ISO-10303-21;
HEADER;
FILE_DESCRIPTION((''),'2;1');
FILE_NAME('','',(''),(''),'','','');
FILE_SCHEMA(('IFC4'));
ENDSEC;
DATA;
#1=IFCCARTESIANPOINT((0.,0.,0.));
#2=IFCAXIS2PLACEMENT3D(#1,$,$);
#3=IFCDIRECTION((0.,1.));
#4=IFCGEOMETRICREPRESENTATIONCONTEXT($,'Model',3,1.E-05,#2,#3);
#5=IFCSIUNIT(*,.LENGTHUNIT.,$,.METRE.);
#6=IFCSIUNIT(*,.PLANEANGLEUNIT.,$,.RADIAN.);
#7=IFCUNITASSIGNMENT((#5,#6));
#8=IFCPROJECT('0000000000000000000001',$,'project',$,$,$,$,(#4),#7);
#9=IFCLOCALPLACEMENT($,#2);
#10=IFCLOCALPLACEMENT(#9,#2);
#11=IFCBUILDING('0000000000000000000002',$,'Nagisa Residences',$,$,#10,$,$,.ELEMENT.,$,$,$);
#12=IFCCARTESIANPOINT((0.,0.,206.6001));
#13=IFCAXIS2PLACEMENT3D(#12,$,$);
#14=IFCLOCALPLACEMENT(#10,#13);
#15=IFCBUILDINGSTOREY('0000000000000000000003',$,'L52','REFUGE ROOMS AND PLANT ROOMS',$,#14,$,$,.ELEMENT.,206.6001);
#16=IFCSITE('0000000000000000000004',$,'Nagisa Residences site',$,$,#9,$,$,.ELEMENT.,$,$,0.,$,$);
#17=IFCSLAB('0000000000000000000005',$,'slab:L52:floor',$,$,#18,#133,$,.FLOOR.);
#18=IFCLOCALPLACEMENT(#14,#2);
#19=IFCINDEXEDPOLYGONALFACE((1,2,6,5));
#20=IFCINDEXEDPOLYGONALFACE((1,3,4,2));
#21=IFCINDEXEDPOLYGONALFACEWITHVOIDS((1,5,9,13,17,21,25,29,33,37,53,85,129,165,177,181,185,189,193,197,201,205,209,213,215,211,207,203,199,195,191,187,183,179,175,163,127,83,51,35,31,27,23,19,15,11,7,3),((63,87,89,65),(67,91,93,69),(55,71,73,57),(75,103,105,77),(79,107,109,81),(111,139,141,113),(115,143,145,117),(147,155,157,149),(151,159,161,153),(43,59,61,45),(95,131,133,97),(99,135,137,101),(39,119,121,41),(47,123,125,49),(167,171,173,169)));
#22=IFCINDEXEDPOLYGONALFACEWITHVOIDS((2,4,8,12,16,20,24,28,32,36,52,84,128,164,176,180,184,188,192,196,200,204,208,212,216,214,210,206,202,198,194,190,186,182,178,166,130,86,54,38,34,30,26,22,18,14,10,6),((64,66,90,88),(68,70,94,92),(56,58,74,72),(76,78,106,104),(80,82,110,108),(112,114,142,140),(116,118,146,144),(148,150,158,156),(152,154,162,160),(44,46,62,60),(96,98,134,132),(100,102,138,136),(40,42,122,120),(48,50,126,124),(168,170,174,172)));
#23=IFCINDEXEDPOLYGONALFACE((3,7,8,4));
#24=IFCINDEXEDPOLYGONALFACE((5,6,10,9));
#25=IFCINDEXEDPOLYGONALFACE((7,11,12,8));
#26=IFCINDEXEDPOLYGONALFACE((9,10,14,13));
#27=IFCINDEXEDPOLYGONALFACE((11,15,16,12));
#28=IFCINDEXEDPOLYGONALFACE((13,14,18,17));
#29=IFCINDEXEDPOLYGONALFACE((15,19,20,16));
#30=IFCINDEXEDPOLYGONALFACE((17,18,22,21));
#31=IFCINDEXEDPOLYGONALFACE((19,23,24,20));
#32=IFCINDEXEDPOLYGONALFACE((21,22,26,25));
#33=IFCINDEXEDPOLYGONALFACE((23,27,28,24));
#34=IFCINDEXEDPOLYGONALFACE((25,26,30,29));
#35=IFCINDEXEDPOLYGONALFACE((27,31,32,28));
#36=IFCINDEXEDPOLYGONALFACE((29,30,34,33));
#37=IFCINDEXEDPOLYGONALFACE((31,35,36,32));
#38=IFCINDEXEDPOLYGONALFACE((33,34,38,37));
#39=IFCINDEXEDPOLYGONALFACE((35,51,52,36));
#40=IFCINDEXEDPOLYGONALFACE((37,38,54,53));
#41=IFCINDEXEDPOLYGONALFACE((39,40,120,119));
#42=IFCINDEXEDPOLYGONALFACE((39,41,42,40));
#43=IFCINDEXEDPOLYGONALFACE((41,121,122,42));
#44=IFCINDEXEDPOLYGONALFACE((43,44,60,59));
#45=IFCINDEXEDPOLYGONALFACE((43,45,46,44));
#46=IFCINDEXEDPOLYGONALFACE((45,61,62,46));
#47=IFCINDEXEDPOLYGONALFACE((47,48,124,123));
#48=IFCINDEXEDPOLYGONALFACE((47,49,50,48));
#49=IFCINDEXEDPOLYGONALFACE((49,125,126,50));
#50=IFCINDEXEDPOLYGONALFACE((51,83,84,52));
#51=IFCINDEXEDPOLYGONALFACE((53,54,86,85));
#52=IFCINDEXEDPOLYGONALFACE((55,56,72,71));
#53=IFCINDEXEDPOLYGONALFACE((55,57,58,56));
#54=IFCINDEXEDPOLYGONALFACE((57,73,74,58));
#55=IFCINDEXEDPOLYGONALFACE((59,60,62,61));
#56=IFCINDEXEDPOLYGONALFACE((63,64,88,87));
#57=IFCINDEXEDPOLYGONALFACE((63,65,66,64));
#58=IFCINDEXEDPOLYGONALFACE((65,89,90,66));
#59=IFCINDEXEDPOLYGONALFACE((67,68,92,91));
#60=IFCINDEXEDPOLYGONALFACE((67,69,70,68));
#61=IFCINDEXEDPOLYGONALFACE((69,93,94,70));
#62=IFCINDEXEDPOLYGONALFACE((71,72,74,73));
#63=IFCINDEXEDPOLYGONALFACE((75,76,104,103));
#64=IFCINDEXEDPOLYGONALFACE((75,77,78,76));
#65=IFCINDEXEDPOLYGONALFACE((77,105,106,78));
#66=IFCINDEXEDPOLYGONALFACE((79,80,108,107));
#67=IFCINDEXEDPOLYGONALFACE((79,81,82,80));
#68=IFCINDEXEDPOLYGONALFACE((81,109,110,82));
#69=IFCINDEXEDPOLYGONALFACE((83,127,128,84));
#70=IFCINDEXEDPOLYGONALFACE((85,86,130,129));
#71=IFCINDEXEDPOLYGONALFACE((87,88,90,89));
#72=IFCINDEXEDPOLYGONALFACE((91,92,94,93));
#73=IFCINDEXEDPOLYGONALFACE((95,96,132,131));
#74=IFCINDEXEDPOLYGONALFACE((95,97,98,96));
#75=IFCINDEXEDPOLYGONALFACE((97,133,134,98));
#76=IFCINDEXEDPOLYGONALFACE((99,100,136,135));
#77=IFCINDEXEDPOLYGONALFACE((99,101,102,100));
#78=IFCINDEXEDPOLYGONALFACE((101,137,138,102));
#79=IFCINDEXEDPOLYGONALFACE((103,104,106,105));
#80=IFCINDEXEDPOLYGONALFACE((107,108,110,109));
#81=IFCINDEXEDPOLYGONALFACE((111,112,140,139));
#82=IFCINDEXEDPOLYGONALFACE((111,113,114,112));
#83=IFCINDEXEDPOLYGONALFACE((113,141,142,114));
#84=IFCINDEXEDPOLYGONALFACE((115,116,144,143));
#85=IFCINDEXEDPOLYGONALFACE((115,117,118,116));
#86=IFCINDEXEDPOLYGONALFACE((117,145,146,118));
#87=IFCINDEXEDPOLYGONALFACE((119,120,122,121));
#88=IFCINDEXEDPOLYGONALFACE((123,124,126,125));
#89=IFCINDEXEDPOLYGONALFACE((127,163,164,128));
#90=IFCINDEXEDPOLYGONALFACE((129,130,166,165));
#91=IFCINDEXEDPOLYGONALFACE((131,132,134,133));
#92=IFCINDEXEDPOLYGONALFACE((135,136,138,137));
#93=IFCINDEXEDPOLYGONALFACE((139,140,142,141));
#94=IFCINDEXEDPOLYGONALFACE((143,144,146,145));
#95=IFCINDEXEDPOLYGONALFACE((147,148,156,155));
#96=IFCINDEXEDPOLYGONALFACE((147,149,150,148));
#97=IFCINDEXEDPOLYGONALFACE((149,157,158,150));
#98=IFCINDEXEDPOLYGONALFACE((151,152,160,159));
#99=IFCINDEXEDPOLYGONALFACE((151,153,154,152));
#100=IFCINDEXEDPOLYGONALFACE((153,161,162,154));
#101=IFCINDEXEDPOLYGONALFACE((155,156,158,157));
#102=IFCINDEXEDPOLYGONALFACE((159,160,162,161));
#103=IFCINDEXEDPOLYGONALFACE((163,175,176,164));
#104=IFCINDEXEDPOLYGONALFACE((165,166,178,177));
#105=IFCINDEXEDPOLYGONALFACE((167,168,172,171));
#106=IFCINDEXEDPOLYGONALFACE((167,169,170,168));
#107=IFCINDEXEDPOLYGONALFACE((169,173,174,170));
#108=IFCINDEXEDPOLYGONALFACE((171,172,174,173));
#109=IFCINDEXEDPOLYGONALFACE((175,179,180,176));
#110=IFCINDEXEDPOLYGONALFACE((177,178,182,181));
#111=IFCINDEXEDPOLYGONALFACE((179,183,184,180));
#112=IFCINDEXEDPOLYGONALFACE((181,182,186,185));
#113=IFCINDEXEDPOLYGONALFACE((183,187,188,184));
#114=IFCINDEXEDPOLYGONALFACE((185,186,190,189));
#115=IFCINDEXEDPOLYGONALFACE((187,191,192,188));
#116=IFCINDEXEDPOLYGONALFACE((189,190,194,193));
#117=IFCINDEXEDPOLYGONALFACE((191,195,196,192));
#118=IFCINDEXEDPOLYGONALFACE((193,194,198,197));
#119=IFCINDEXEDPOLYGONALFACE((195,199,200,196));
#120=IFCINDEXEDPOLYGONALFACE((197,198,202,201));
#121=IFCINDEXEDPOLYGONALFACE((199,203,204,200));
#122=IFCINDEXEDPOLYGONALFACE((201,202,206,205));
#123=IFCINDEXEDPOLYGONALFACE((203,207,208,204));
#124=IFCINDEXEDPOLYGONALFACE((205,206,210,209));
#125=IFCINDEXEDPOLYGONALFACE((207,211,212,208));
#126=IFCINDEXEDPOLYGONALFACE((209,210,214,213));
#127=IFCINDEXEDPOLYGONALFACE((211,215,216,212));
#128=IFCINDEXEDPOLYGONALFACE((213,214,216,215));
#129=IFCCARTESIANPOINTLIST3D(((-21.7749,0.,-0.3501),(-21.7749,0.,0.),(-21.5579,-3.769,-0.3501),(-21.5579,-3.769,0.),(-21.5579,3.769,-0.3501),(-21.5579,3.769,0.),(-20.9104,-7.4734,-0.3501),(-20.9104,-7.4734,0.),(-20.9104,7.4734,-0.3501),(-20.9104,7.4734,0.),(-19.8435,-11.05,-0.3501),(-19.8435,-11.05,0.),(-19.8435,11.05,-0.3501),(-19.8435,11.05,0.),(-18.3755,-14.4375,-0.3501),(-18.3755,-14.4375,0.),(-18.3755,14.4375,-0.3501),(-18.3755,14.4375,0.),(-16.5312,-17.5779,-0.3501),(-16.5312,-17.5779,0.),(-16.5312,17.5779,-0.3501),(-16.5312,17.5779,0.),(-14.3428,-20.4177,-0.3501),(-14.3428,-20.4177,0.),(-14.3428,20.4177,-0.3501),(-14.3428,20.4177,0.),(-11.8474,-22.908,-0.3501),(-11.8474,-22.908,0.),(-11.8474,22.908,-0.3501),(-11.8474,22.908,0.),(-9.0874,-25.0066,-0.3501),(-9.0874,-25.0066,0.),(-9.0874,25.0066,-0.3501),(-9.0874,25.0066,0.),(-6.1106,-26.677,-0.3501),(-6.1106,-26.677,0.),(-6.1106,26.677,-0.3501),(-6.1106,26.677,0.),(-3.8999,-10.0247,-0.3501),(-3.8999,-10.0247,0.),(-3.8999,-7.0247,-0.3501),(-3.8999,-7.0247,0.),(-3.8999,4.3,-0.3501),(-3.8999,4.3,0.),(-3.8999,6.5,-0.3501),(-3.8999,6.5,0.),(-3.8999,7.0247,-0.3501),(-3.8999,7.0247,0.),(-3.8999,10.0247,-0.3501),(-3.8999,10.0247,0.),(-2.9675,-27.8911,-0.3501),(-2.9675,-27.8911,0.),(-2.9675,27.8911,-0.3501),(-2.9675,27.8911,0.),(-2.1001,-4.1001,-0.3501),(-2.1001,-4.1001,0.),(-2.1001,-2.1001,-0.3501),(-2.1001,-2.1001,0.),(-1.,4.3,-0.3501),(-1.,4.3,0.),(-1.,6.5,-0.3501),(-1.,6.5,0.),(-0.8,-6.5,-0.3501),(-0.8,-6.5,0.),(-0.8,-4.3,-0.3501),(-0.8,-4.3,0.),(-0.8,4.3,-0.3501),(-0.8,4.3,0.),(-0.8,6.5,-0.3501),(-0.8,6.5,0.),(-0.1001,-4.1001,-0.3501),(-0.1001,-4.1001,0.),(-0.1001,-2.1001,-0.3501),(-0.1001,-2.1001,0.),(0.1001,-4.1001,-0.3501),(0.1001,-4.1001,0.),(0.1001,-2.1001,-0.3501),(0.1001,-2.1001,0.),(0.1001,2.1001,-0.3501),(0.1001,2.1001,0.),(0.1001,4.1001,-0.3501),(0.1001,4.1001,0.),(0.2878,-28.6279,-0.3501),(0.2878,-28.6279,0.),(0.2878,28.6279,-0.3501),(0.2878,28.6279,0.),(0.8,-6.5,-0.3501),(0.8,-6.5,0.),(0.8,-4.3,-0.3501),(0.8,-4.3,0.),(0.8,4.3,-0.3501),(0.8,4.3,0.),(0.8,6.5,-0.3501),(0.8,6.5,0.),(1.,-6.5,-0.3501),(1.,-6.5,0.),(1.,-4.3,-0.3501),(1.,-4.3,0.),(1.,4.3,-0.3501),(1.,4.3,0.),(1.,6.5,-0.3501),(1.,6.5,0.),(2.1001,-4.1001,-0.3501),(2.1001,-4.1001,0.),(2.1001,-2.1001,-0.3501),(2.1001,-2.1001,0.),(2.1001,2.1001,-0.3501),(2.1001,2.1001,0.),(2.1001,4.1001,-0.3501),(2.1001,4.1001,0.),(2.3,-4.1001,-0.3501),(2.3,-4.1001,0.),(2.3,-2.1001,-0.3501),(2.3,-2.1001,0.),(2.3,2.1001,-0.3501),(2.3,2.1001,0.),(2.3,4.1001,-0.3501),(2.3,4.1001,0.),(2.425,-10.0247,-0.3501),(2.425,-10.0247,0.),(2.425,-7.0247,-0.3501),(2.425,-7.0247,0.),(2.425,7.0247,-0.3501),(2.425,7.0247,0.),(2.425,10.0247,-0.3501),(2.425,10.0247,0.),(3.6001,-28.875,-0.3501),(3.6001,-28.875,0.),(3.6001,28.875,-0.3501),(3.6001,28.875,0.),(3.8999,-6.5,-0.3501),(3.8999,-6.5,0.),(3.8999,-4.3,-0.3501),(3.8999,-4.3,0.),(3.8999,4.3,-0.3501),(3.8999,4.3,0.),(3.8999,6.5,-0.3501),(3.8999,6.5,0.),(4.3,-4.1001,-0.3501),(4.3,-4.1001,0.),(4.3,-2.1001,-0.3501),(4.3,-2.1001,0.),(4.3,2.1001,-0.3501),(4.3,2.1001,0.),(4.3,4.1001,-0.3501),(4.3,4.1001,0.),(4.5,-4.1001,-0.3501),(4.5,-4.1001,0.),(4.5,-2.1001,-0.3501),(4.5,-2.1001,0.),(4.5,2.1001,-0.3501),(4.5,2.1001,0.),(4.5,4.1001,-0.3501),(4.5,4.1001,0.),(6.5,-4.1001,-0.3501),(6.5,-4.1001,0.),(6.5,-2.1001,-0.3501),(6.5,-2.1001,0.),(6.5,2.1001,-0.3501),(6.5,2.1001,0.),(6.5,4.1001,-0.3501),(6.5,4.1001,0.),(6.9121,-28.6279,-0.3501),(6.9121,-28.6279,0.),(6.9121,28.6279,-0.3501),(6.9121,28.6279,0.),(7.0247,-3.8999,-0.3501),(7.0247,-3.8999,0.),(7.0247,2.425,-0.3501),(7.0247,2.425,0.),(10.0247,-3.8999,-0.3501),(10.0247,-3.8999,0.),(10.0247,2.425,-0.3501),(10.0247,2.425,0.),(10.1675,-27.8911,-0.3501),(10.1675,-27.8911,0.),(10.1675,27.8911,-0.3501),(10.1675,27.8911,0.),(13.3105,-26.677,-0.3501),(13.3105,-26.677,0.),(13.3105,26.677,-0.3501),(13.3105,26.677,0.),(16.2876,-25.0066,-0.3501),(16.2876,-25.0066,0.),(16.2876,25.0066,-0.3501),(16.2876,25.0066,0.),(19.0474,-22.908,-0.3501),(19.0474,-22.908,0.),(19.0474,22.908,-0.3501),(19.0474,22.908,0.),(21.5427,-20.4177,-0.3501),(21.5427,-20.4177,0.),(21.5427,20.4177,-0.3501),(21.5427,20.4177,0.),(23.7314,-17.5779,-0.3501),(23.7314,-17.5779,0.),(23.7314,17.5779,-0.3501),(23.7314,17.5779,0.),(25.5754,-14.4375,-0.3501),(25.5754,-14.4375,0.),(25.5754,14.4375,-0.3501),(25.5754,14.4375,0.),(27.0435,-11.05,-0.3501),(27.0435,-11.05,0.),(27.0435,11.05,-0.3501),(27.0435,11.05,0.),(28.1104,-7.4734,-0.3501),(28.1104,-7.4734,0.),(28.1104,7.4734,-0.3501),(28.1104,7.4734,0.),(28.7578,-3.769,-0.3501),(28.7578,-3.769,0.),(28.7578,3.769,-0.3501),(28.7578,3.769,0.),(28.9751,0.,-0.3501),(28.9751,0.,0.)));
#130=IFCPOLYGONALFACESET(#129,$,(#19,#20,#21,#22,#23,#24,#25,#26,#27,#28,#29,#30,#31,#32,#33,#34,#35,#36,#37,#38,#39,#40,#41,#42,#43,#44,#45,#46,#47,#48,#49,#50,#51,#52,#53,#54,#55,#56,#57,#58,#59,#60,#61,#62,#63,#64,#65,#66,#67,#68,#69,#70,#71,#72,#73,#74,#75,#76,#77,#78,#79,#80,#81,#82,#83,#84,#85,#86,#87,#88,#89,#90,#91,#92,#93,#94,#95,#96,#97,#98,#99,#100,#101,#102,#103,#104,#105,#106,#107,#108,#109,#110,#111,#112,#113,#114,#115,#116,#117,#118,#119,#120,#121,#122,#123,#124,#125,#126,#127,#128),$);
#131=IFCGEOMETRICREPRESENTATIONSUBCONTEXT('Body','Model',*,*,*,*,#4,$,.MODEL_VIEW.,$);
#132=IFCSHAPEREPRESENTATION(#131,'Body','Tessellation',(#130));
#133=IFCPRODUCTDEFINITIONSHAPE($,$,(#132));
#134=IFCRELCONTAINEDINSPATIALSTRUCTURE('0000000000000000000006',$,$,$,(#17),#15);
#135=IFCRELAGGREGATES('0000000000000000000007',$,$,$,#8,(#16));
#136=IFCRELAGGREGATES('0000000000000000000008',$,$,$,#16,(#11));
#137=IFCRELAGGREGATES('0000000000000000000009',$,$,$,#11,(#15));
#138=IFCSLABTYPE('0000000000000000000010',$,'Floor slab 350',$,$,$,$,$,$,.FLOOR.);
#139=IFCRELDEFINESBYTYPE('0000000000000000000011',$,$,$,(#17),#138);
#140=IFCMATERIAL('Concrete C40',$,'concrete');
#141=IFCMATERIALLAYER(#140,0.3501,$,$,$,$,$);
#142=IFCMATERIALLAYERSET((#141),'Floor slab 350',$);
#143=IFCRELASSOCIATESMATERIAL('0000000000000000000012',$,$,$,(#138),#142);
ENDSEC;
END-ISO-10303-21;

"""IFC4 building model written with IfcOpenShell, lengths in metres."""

from ifc_helpers import new_model, si_unit, direction, frame, origin, place, context, subcontext, project, spatial, polyline, outline, extrude, material, layer, layer_set, type_object, element, save


model = new_model("IFC4")

# Units and contexts
model_context = context("Model", 3, precision=1e-05, world=origin(), true_north=direction((0.0, 1.0)))
body_context = subcontext(model_context, "Body", "Model", "MODEL_VIEW")
ifc_project = project(units=[si_unit("LENGTHUNIT", "METRE"), si_unit("PLANEANGLEUNIT", "RADIAN")], contexts=[model_context])

# Site, building, storey
site_placement = place(None, origin())
site = spatial("IfcSite", under=ifc_project, at=site_placement, Name="Nagisa Residences site", CompositionType="ELEMENT", RefElevation=0.0)
building_placement = place(site_placement, origin())
building = spatial("IfcBuilding", under=site, at=building_placement, Name="Nagisa Residences", CompositionType="ELEMENT")
storey_placement = place(building_placement, frame((0.0, 0.0, 206.6001)))
storey = spatial("IfcBuildingStorey", under=building, at=storey_placement, Name="L52", Description="REFUGE ROOMS AND PLANT ROOMS", CompositionType="ELEMENT", Elevation=206.6001)

# Slab
ifc_material_1 = material(Name="Concrete C40", Category="concrete")
ifc_layer_1 = layer(ifc_material_1, 0.3501)
ifc_layer_set_1 = layer_set([ifc_layer_1], Name="Floor slab 350")
slab_type_1 = type_object("IfcSlabType", Name="Floor slab 350", PredefinedType="FLOOR", material=ifc_layer_set_1)
slab_1_placement = place(storey_placement, frame((0.0, 0.0, -0.3501)))
element("IfcSlab", 1, at=slab_1_placement, inside=storey, type_object=slab_type_1, Name="slab:L52:floor", PredefinedType="FLOOR", context=body_context, shape_type="SweptSolid", body=[
    extrude(outline(polyline([(28.9751, 0.0), (28.7578, 3.769), (28.1104, 7.4734), (27.0435, 11.05), (25.5754, 14.4375), (23.7314, 17.5779), (21.5427, 20.4177), (19.0474, 22.908), (16.2876, 25.0066), (13.3105, 26.677), (10.1675, 27.8911), (6.9121, 28.6279), (3.6001, 28.875), (0.2878, 28.6279), (-2.9675, 27.8911), (-6.1106, 26.677), (-9.0874, 25.0066), (-11.8474, 22.908), (-14.3428, 20.4177), (-16.5312, 17.5779), (-18.3755, 14.4375), (-19.8435, 11.05), (-20.9104, 7.4734), (-21.5579, 3.769), (-21.7749, 0.0), (-21.5579, -3.769), (-20.9104, -7.4734), (-19.8435, -11.05), (-18.3755, -14.4375), (-16.5312, -17.5779), (-14.3428, -20.4177), (-11.8474, -22.908), (-9.0874, -25.0066), (-6.1106, -26.677), (-2.9675, -27.8911), (0.2878, -28.6279), (3.6001, -28.875), (6.9121, -28.6279), (10.1675, -27.8911), (13.3105, -26.677), (16.2876, -25.0066), (19.0474, -22.908), (21.5427, -20.4177), (23.7314, -17.5779), (25.5754, -14.4375), (27.0435, -11.05), (28.1104, -7.4734), (28.7578, -3.769), (28.9751, 0.0)]), holes=[polyline([(2.1001, 2.1001), (2.1001, 4.1001), (0.1001, 4.1001), (0.1001, 2.1001), (2.1001, 2.1001)]), polyline([(4.3, 2.1001), (4.3, 4.1001), (2.3, 4.1001), (2.3, 2.1001), (4.3, 2.1001)]), polyline([(6.5, 2.1001), (6.5, 4.1001), (4.5, 4.1001), (4.5, 2.1001), (6.5, 2.1001)]), polyline([(-0.1001, -4.1001), (-0.1001, -2.1001), (-2.1001, -2.1001), (-2.1001, -4.1001), (-0.1001, -4.1001)]), polyline([(2.1001, -4.1001), (2.1001, -2.1001), (0.1001, -2.1001), (0.1001, -4.1001), (2.1001, -4.1001)]), polyline([(4.3, -4.1001), (4.3, -2.1001), (2.3, -2.1001), (2.3, -4.1001), (4.3, -4.1001)]), polyline([(6.5, -4.1001), (6.5, -2.1001), (4.5, -2.1001), (4.5, -4.1001), (6.5, -4.1001)]), polyline([(3.8999, 4.3), (3.8999, 6.5), (1.0, 6.5), (1.0, 4.3), (3.8999, 4.3)]), polyline([(3.8999, -6.5), (3.8999, -4.3), (1.0, -4.3), (1.0, -6.5), (3.8999, -6.5)]), polyline([(-1.0, 4.3), (-1.0, 6.5), (-3.8999, 6.5), (-3.8999, 4.3), (-1.0, 4.3)]), polyline([(0.8, 4.3), (0.8, 6.5), (-0.8, 6.5), (-0.8, 4.3), (0.8, 4.3)]), polyline([(0.8, -6.5), (0.8, -4.3), (-0.8, -4.3), (-0.8, -6.5), (0.8, -6.5)]), polyline([(10.0247, -3.8999), (7.0247, -3.8999), (7.0247, 2.425), (10.0247, 2.425), (10.0247, -3.8999)]), polyline([(-3.8999, 7.0247), (-3.8999, 10.0247), (2.425, 10.0247), (2.425, 7.0247), (-3.8999, 7.0247)]), polyline([(-3.8999, -10.0247), (-3.8999, -7.0247), (2.425, -7.0247), (2.425, -10.0247), (-3.8999, -10.0247)])]), origin(), (0.0, 0.0, 1.0), 0.3501),
])

save(model, "model.ifc")
